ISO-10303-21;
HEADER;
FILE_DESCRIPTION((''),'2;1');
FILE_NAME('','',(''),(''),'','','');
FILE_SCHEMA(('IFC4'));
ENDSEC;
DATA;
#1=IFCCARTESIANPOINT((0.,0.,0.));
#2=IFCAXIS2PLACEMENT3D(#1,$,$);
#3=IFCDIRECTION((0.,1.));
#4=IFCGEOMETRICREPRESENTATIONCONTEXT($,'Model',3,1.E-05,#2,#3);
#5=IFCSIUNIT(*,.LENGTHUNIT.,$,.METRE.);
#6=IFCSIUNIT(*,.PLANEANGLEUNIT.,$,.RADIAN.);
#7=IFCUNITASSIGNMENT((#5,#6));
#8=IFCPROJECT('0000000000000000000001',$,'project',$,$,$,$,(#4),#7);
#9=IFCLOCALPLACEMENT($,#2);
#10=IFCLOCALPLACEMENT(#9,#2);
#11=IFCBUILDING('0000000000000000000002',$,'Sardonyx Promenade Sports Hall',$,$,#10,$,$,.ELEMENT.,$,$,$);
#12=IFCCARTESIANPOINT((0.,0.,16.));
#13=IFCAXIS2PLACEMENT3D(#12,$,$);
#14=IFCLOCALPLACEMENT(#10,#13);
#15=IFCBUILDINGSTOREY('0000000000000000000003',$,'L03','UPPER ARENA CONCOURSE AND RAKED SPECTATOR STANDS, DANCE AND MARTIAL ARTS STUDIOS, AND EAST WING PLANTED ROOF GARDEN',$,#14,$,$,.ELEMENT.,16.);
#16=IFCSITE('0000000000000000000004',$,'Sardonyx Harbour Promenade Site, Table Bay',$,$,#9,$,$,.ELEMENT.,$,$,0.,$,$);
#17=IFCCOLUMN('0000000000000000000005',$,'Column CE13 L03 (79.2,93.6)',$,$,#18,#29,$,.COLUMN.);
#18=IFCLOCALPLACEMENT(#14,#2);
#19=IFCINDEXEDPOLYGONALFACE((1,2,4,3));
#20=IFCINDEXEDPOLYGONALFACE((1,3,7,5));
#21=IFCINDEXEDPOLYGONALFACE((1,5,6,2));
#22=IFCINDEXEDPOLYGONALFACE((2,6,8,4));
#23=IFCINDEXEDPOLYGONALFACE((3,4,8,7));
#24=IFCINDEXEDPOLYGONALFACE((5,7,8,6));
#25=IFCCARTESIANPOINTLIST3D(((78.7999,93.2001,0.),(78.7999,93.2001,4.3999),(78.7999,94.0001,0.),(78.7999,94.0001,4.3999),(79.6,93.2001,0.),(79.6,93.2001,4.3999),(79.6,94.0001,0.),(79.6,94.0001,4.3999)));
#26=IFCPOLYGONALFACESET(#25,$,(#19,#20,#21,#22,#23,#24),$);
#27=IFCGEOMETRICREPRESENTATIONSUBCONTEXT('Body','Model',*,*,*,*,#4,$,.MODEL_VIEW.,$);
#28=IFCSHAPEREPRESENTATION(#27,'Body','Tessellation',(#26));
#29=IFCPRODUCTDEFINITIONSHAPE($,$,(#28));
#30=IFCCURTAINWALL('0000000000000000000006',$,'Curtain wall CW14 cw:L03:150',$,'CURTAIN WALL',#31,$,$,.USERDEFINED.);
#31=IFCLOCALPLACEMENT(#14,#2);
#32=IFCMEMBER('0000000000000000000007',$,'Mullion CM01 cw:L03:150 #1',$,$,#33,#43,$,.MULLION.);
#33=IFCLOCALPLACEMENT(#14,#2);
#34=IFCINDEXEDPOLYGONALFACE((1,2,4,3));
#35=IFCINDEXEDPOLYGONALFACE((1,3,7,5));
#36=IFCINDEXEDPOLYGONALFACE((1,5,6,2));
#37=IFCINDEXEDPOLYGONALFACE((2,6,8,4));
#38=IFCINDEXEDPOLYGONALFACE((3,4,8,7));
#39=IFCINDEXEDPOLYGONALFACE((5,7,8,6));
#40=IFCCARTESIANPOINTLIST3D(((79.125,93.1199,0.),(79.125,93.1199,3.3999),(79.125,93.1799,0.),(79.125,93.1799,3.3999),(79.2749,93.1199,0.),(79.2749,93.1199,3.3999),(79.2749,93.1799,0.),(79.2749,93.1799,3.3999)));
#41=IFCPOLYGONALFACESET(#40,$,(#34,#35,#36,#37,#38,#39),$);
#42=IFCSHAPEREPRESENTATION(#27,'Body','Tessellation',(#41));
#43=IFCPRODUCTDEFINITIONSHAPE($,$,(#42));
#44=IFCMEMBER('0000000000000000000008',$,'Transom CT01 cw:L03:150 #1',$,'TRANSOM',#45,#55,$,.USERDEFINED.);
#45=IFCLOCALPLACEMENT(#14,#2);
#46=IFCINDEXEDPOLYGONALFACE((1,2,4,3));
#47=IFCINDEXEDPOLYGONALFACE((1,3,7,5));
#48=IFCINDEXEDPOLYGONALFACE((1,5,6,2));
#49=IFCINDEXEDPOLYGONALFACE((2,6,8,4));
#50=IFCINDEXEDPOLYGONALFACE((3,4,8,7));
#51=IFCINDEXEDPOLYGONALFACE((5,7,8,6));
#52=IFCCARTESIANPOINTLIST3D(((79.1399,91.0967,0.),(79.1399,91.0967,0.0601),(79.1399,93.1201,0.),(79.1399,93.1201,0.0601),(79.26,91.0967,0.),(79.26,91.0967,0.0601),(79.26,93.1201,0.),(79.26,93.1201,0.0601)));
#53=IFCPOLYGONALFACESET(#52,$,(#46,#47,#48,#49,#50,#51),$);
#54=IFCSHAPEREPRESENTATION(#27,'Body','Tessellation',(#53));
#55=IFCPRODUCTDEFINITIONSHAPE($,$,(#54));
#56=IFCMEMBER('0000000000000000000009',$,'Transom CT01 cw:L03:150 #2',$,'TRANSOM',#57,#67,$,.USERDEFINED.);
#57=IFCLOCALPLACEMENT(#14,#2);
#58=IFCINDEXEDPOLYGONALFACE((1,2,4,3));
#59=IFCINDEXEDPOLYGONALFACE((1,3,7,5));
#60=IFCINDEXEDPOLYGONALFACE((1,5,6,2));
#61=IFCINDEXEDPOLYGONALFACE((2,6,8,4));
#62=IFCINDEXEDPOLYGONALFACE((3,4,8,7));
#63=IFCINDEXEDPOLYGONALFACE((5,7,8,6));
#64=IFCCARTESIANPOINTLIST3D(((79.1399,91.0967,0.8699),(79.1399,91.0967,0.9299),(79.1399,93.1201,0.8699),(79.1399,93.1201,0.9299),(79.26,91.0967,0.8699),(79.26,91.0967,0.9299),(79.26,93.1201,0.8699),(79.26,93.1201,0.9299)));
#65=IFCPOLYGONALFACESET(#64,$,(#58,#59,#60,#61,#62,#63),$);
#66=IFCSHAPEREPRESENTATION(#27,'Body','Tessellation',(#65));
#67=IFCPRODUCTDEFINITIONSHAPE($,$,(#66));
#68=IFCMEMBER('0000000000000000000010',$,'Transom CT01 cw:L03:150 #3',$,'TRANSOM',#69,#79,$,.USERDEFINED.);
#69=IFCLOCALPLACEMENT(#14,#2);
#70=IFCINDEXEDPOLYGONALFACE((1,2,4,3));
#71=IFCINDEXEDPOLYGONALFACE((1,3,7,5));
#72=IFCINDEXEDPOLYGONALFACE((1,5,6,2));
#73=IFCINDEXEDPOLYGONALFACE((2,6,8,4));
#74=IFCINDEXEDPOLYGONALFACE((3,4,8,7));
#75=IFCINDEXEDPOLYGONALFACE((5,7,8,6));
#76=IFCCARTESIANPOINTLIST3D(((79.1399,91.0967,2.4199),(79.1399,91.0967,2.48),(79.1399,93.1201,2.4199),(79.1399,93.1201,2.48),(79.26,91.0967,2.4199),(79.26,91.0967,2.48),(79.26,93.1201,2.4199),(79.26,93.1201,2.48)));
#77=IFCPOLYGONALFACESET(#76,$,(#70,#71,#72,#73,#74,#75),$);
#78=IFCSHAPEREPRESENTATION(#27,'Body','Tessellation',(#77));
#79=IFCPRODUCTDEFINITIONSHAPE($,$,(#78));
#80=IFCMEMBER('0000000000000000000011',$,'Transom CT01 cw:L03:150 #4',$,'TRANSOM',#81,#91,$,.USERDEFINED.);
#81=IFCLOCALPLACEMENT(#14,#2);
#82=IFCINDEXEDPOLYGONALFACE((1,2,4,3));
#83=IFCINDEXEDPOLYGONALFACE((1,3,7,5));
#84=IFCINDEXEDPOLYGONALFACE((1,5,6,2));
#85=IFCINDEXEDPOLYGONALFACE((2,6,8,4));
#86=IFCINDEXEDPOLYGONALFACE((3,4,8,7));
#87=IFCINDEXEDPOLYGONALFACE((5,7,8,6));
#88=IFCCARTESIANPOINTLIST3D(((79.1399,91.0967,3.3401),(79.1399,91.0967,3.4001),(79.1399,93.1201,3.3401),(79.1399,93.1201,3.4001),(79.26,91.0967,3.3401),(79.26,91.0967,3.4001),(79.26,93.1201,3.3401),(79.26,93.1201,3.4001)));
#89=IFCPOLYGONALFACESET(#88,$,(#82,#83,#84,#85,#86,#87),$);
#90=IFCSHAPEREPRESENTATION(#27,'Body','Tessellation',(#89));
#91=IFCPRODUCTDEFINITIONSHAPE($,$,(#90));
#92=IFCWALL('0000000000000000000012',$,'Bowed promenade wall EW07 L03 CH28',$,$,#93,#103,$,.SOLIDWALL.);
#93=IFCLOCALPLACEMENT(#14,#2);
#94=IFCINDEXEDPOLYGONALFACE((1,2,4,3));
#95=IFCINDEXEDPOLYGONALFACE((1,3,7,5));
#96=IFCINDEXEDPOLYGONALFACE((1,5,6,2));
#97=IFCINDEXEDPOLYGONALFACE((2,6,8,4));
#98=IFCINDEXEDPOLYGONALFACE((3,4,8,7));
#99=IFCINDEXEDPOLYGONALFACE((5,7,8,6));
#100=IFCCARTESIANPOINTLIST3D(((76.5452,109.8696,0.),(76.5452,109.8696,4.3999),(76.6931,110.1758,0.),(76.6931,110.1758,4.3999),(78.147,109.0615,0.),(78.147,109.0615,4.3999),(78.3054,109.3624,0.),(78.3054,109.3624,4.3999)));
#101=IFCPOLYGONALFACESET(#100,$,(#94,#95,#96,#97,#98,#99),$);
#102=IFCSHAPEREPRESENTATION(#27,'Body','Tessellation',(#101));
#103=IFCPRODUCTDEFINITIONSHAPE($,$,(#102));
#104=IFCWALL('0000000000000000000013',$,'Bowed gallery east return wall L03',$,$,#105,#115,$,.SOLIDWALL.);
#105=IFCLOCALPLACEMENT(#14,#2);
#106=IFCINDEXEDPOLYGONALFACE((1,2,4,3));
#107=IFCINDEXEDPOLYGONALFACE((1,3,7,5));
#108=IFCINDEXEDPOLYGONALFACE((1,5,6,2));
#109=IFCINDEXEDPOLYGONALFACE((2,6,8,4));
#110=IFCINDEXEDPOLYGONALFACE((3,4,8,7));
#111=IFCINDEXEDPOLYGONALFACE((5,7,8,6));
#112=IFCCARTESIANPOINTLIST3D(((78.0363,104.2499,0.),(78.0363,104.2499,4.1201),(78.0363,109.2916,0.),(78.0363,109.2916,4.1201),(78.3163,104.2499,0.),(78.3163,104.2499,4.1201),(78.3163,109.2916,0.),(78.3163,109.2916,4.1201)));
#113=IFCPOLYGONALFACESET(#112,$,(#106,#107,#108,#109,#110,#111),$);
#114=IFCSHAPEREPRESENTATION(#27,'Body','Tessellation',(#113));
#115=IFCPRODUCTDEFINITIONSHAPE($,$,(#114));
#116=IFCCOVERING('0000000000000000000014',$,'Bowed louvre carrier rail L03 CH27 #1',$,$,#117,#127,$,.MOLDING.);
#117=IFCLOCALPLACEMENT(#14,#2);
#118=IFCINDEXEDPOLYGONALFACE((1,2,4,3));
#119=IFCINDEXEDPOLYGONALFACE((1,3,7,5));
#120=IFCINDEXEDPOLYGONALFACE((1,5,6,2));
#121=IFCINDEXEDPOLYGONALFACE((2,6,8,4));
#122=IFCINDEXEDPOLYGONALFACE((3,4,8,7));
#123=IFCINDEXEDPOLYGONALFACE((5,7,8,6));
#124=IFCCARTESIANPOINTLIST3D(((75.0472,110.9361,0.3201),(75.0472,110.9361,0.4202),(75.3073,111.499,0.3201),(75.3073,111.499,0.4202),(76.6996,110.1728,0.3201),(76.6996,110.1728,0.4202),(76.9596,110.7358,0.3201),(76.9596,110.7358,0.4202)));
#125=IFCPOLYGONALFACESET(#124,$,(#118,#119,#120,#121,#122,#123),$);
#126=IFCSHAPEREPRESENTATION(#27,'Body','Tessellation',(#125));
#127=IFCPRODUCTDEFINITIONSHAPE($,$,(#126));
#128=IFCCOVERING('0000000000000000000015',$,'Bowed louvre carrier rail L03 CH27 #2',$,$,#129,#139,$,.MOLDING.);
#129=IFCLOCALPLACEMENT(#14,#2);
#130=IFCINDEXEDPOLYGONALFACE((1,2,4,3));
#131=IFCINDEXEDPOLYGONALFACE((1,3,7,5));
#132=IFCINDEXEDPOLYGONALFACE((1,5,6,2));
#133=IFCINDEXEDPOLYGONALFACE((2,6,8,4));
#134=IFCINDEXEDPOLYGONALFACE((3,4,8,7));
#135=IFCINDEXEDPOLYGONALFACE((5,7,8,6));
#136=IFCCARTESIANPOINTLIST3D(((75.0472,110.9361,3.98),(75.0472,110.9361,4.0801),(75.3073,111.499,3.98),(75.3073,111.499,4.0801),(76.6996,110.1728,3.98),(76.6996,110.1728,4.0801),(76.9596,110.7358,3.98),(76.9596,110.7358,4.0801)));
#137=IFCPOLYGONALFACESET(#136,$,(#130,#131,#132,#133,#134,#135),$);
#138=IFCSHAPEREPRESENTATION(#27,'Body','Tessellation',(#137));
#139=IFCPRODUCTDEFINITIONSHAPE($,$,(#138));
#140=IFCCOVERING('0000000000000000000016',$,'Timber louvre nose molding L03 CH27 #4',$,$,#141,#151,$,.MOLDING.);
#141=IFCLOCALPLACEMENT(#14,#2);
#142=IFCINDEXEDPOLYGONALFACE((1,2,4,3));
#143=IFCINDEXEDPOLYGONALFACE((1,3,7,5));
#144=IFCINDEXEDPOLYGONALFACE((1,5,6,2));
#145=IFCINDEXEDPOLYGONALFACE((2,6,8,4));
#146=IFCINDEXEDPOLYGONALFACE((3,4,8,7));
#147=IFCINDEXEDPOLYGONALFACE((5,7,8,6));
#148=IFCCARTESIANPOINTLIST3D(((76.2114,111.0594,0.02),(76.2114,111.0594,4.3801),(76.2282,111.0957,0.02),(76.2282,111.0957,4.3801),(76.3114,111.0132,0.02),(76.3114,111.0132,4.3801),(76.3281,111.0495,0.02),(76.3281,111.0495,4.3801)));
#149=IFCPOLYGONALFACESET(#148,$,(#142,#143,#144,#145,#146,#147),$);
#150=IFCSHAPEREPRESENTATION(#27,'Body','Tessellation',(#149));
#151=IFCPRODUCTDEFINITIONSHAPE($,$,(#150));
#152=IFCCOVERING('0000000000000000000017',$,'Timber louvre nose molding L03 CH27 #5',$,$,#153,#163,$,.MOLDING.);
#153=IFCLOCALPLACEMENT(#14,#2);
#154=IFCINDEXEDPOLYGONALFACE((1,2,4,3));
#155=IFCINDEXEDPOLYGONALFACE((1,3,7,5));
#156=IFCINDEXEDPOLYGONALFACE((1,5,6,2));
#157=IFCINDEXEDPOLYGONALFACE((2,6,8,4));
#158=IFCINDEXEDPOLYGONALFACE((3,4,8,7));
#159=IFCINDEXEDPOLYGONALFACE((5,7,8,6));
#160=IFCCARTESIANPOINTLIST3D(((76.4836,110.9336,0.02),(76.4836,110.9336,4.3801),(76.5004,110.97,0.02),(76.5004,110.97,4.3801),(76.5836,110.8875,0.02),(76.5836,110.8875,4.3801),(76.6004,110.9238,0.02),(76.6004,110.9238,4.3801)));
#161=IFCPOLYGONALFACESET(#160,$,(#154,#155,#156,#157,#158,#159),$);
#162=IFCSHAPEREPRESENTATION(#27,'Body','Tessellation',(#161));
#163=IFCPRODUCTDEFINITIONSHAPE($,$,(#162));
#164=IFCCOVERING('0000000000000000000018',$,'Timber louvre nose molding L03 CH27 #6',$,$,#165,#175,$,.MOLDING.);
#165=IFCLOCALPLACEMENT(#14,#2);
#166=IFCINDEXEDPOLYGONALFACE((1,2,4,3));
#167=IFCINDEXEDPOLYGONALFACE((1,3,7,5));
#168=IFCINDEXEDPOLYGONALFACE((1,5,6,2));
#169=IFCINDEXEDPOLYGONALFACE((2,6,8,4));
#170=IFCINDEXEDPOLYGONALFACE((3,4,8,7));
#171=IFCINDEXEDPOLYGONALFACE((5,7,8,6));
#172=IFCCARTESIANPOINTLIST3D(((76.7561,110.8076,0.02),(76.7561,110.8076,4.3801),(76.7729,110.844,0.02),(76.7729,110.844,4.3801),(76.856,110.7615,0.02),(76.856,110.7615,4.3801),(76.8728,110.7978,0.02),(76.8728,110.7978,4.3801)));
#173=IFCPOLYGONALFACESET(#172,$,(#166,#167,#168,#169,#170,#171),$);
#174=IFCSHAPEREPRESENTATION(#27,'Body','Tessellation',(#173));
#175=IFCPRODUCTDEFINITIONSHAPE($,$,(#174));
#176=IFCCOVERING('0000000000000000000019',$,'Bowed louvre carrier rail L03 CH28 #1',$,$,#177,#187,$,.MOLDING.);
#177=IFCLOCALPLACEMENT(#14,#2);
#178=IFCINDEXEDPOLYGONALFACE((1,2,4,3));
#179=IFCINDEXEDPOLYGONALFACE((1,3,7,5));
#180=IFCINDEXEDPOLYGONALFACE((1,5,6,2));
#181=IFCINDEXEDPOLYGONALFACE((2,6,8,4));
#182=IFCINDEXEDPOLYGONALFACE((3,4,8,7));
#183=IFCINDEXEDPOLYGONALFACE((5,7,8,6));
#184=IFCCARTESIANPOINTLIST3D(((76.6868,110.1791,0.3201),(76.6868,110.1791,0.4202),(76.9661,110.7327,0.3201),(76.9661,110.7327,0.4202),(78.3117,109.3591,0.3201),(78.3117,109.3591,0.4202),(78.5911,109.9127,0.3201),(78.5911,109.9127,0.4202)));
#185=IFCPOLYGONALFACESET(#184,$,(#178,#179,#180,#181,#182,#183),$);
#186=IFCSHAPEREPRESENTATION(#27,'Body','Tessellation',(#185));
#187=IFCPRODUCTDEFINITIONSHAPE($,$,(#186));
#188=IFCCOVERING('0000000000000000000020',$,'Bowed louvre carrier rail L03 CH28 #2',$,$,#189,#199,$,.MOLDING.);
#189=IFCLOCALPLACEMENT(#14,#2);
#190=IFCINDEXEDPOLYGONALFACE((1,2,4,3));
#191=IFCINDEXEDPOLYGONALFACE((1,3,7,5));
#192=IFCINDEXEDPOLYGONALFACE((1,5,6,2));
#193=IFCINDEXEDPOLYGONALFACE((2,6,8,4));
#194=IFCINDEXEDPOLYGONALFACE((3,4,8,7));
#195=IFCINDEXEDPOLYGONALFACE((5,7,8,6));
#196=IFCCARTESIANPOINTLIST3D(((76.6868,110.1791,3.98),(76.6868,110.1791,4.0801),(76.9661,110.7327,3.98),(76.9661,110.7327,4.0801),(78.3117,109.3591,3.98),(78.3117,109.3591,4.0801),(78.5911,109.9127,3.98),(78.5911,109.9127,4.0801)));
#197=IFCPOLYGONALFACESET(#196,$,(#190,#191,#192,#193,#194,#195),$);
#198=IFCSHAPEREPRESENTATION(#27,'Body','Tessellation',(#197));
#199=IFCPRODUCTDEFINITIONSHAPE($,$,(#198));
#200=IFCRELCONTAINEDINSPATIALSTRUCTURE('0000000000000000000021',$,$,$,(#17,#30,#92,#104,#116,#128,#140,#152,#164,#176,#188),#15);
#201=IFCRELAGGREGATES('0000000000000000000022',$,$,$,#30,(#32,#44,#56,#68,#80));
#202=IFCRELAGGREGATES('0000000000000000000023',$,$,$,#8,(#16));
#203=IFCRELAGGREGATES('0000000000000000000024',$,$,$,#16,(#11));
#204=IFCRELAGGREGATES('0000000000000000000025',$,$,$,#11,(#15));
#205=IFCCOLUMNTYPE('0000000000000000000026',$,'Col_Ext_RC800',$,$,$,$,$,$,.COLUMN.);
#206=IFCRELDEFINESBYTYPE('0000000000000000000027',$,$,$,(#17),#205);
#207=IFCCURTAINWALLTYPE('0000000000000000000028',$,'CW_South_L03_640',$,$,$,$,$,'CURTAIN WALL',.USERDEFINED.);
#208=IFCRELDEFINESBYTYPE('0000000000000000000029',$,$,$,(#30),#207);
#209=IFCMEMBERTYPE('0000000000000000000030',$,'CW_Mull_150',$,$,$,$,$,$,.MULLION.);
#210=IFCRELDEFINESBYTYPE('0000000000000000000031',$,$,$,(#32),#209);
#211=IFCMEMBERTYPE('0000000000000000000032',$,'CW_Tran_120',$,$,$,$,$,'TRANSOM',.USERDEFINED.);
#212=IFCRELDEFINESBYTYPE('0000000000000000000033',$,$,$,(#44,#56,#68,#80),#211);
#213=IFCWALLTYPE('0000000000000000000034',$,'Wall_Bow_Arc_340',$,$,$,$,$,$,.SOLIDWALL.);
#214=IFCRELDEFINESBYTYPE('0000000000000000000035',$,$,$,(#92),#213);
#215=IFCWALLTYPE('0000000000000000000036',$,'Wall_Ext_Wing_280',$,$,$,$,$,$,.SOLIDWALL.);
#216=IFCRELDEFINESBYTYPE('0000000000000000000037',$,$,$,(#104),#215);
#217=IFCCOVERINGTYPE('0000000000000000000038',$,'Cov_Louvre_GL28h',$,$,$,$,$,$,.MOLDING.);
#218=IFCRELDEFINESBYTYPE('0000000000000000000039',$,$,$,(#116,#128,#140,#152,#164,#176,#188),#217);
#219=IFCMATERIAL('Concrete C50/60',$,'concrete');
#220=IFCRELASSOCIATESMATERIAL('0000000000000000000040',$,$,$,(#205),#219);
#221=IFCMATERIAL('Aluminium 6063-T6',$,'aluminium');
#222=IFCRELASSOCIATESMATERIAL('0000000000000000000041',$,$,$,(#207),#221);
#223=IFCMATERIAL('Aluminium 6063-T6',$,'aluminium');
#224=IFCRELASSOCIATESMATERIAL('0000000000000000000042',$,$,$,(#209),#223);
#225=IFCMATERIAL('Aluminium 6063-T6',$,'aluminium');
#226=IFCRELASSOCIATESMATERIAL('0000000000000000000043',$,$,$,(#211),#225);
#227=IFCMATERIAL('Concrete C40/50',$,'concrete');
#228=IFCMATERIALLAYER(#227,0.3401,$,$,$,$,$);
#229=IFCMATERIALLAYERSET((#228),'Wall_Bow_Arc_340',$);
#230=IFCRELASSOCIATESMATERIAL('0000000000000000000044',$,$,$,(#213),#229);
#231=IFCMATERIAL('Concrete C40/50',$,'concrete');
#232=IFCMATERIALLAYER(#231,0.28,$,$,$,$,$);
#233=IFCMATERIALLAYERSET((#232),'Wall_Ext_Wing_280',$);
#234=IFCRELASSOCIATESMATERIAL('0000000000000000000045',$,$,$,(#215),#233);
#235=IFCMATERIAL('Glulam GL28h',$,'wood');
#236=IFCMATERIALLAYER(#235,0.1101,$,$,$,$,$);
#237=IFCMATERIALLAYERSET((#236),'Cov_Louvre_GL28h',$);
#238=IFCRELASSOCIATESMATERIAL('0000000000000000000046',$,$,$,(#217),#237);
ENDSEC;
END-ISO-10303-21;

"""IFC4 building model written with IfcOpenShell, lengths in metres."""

from ifc_helpers import new_model, si_unit, direction, frame, frame_2d, origin, origin_2d, place, context, subcontext, project, spatial, polyline, rectangle, outline, extrude, material, layer, layer_set, material_profile, profile_set, type_object, element, aggregate, save


model = new_model("IFC4")

# Units and contexts
model_context = context("Model", 3, precision=1e-05, world=origin(), true_north=direction((0.0, 1.0)))
body_context = subcontext(model_context, "Body", "Model", "MODEL_VIEW")
ifc_project = project(units=[si_unit("LENGTHUNIT", "METRE"), si_unit("PLANEANGLEUNIT", "RADIAN")], contexts=[model_context])

# Site, building, storey
site_placement = place(None, origin())
site = spatial("IfcSite", under=ifc_project, at=site_placement, Name="Sardonyx Harbour Promenade Site, Table Bay", CompositionType="ELEMENT", RefElevation=0.0)
building_placement = place(site_placement, origin())
building = spatial("IfcBuilding", under=site, at=building_placement, Name="Sardonyx Promenade Sports Hall", CompositionType="ELEMENT")
storey_placement = place(building_placement, frame((0.0, 0.0, 16.0)))
storey = spatial("IfcBuildingStorey", under=building, at=storey_placement, Name="L03", Description="UPPER ARENA CONCOURSE AND RAKED SPECTATOR STANDS, DANCE AND MARTIAL ARTS STUDIOS, AND EAST WING PLANTED ROOF GARDEN", CompositionType="ELEMENT", Elevation=16.0)

# Column
ifc_material_1 = material(Name="Concrete C50/60", Category="concrete")
ifc_material_profile_1 = material_profile(ifc_material_1, rectangle(XDim=0.8, YDim=0.8, at=origin_2d()))
ifc_profile_set_1 = profile_set([ifc_material_profile_1], Name="Concrete C50/60")
column_type = type_object("IfcColumnType", Name="Col_Ext_RC800", PredefinedType="COLUMN", material=ifc_profile_set_1)
column_placement = place(storey_placement, frame((79.2, 93.6001, 0.0), z_axis=(0.0, 0.0, 1.0), x_axis=(1.0, 0.0, 0.0)))
element("IfcColumn", 1, at=column_placement, inside=storey, type_object=column_type, Name="Column CE13 L03 (79.2,93.6)", PredefinedType="COLUMN", context=body_context, shape_type="SweptSolid", body=[
    extrude(rectangle(XDim=0.8, YDim=0.8, at=origin_2d()), origin(), (0.0, 0.0, 1.0), 4.3999),
])

# Curtain wall, members
ifc_material_2 = material(Name="Aluminium 6063-T6", Category="aluminium")
curtain_wall_type = type_object("IfcCurtainWallType", Name="CW_South_L03_640", ElementType="CURTAIN WALL", PredefinedType="USERDEFINED", material=ifc_material_2)
curtain_wall_placement = place(storey_placement, origin())
curtain_wall = element("IfcCurtainWall", 2, at=curtain_wall_placement, inside=storey, type_object=curtain_wall_type, Name="Curtain wall CW14 cw:L03:150", ObjectType="CURTAIN WALL", PredefinedType="USERDEFINED")
ifc_material_3 = material(Name="Aluminium 6063-T6", Category="aluminium")
ifc_material_profile_2 = material_profile(ifc_material_3, rectangle(XDim=0.0601, YDim=0.1499, at=origin_2d()))
ifc_profile_set_2 = profile_set([ifc_material_profile_2], Name="Aluminium 6063-T6")
member_type_1 = type_object("IfcMemberType", Name="CW_Mull_150", PredefinedType="MULLION", material=ifc_profile_set_2)
member_1_placement = place(storey_placement, frame((79.2, 93.1499, 0.0), z_axis=(0.0, 0.0, 1.0), x_axis=(0.0, -1.0, 0.0)))
member_1 = element("IfcMember", 3, at=member_1_placement, type_object=member_type_1, Name="Mullion CM01 cw:L03:150 #1", PredefinedType="MULLION", context=body_context, shape_type="SweptSolid", body=[
    extrude(rectangle(XDim=0.0601, YDim=0.1499, at=origin_2d()), origin(), (0.0, 0.0, 1.0), 3.3999),
])
ifc_material_4 = material(Name="Aluminium 6063-T6", Category="aluminium")
ifc_material_profile_3 = material_profile(ifc_material_4, rectangle(XDim=0.0601, YDim=0.1201, at=origin_2d()))
ifc_profile_set_3 = profile_set([ifc_material_profile_3], Name="Aluminium 6063-T6")
member_type_2 = type_object("IfcMemberType", Name="CW_Tran_120", ElementType="TRANSOM", PredefinedType="USERDEFINED", material=ifc_profile_set_3)
member_2_placement = place(storey_placement, frame((79.2, 93.1201, 0.03), z_axis=(0.0, -1.0, 0.0), x_axis=(0.0, 0.0, 1.0)))
member_2 = element("IfcMember", 4, at=member_2_placement, type_object=member_type_2, Name="Transom CT01 cw:L03:150 #1", ObjectType="TRANSOM", PredefinedType="USERDEFINED", context=body_context, shape_type="SweptSolid", body=[
    extrude(rectangle(XDim=0.0601, YDim=0.1201, at=origin_2d()), origin(), (0.0, 0.0, 1.0), 2.0234),
])
member_3_placement = place(storey_placement, frame((79.2, 93.1201, 0.8999), z_axis=(0.0, -1.0, 0.0), x_axis=(0.0, 0.0, 1.0)))
member_3 = element("IfcMember", 5, at=member_3_placement, type_object=member_type_2, Name="Transom CT01 cw:L03:150 #2", ObjectType="TRANSOM", PredefinedType="USERDEFINED", context=body_context, shape_type="SweptSolid", body=[
    extrude(rectangle(XDim=0.0601, YDim=0.1201, at=origin_2d()), origin(), (0.0, 0.0, 1.0), 2.0234),
])
member_4_placement = place(storey_placement, frame((79.2, 93.1201, 2.45), z_axis=(0.0, -1.0, 0.0), x_axis=(0.0, 0.0, 1.0)))
member_4 = element("IfcMember", 6, at=member_4_placement, type_object=member_type_2, Name="Transom CT01 cw:L03:150 #3", ObjectType="TRANSOM", PredefinedType="USERDEFINED", context=body_context, shape_type="SweptSolid", body=[
    extrude(rectangle(XDim=0.0601, YDim=0.1201, at=origin_2d()), origin(), (0.0, 0.0, 1.0), 2.0234),
])
member_5_placement = place(storey_placement, frame((79.2, 93.1201, 3.3701), z_axis=(0.0, -1.0, 0.0), x_axis=(0.0, 0.0, 1.0)))
member_5 = element("IfcMember", 7, at=member_5_placement, type_object=member_type_2, Name="Transom CT01 cw:L03:150 #4", ObjectType="TRANSOM", PredefinedType="USERDEFINED", context=body_context, shape_type="SweptSolid", body=[
    extrude(rectangle(XDim=0.0601, YDim=0.1201, at=origin_2d()), origin(), (0.0, 0.0, 1.0), 2.0234),
])
aggregate(curtain_wall, [member_1, member_2, member_3, member_4, member_5])

# Walls
ifc_material_5 = material(Name="Concrete C40/50", Category="concrete")
ifc_layer_1 = layer(ifc_material_5, 0.3401)
ifc_layer_set_1 = layer_set([ifc_layer_1], Name="Wall_Bow_Arc_340")
wall_type_1 = type_object("IfcWallType", Name="Wall_Bow_Arc_340", PredefinedType="SOLIDWALL", material=ifc_layer_set_1)
wall_1_placement = place(storey_placement, frame((76.6191, 110.0227, 0.0), z_axis=(0.0, 0.0, 1.0), x_axis=(0.892821, -0.450411, 0.0)))
element("IfcWall", 8, at=wall_1_placement, inside=storey, type_object=wall_type_1, Name="Bowed promenade wall EW07 L03 CH28", PredefinedType="SOLIDWALL", context=body_context, shape_type="SweptSolid", body=[
    extrude(outline(polyline([(0.0029, -0.17), (1.7971, -0.17), (1.8029, 0.17), (-0.0029, 0.17), (0.0029, -0.17)])), origin(), (0.0, 0.0, 1.0), 4.3999),
])
ifc_material_6 = material(Name="Concrete C40/50", Category="concrete")
ifc_layer_2 = layer(ifc_material_6, 0.28)
ifc_layer_set_2 = layer_set([ifc_layer_2], Name="Wall_Ext_Wing_280")
wall_type_2 = type_object("IfcWallType", Name="Wall_Ext_Wing_280", PredefinedType="SOLIDWALL", material=ifc_layer_set_2)
wall_2_placement = place(storey_placement, frame((78.1763, 109.2917, 0.0), z_axis=(0.0, 0.0, 1.0), x_axis=(0.0, -1.0, 0.0)))
element("IfcWall", 9, at=wall_2_placement, inside=storey, type_object=wall_type_2, Name="Bowed gallery east return wall L03", PredefinedType="SOLIDWALL", context=body_context, shape_type="SweptSolid", body=[
    extrude(rectangle(XDim=5.0417, YDim=0.28, at=frame_2d((2.521, 0.0))), origin(), (0.0, 0.0, 1.0), 4.1201),
])

# Coverings
ifc_material_7 = material(Name="Glulam GL28h", Category="wood")
ifc_layer_3 = layer(ifc_material_7, 0.1101)
ifc_layer_set_3 = layer_set([ifc_layer_3], Name="Cov_Louvre_GL28h")
covering_type = type_object("IfcCoveringType", Name="Cov_Louvre_GL28h", PredefinedType="MOLDING", material=ifc_layer_set_3)
for number, where, z_axis, x_axis, name in (
    (10, (76.0034, 110.8359, 0.3201), (0.0, 0.0, 1.0), (0.907831, -0.419336, 0.0), "Bowed louvre carrier rail L03 CH27 #1"),
    (11, (76.0034, 110.8359, 3.98), (0.0, 0.0, 1.0), (0.907831, -0.419336, 0.0), "Bowed louvre carrier rail L03 CH27 #2"),
):
    element("IfcCovering", number, at=place(storey_placement, frame(where, z_axis=z_axis, x_axis=x_axis)), inside=storey, type_object=covering_type, Name=name, PredefinedType="MOLDING", context=body_context, shape_type="SweptSolid", body=[
        extrude(rectangle(XDim=1.8201, YDim=0.6201, at=origin_2d()), origin(), (0.0, 0.0, 1.0), 0.1001),
    ])
for number, where, z_axis, x_axis, name in (
    (12, (76.2698, 111.0544, 0.02), (0.0, 0.0, 1.0), (0.907831, -0.419336, 0.0), "Timber louvre nose molding L03 CH27 #4"),
    (13, (76.542, 110.9287, 0.02), (0.0, 0.0, 1.0), (0.907831, -0.419336, 0.0), "Timber louvre nose molding L03 CH27 #5"),
    (14, (76.8145, 110.8027, 0.02), (0.0, 0.0, 1.0), (0.907831, -0.419336, 0.0), "Timber louvre nose molding L03 CH27 #6"),
):
    element("IfcCovering", number, at=place(storey_placement, frame(where, z_axis=z_axis, x_axis=x_axis)), inside=storey, type_object=covering_type, Name=name, PredefinedType="MOLDING", context=body_context, shape_type="SweptSolid", body=[
        extrude(rectangle(XDim=0.1101, YDim=0.04, at=origin_2d()), origin(), (0.0, 0.0, 1.0), 4.3601),
    ])
for number, where, z_axis, x_axis, name in (
    (15, (77.6389, 110.0459, 0.3201), (0.0, 0.0, 1.0), (0.892774, -0.450505, 0.0), "Bowed louvre carrier rail L03 CH28 #1"),
    (16, (77.6389, 110.0459, 3.98), (0.0, 0.0, 1.0), (0.892774, -0.450505, 0.0), "Bowed louvre carrier rail L03 CH28 #2"),
):
    element("IfcCovering", number, at=place(storey_placement, frame(where, z_axis=z_axis, x_axis=x_axis)), inside=storey, type_object=covering_type, Name=name, PredefinedType="MOLDING", context=body_context, shape_type="SweptSolid", body=[
        extrude(rectangle(XDim=1.8201, YDim=0.6201, at=origin_2d()), origin(), (0.0, 0.0, 1.0), 0.1001),
    ])

save(model, "model.ifc")
